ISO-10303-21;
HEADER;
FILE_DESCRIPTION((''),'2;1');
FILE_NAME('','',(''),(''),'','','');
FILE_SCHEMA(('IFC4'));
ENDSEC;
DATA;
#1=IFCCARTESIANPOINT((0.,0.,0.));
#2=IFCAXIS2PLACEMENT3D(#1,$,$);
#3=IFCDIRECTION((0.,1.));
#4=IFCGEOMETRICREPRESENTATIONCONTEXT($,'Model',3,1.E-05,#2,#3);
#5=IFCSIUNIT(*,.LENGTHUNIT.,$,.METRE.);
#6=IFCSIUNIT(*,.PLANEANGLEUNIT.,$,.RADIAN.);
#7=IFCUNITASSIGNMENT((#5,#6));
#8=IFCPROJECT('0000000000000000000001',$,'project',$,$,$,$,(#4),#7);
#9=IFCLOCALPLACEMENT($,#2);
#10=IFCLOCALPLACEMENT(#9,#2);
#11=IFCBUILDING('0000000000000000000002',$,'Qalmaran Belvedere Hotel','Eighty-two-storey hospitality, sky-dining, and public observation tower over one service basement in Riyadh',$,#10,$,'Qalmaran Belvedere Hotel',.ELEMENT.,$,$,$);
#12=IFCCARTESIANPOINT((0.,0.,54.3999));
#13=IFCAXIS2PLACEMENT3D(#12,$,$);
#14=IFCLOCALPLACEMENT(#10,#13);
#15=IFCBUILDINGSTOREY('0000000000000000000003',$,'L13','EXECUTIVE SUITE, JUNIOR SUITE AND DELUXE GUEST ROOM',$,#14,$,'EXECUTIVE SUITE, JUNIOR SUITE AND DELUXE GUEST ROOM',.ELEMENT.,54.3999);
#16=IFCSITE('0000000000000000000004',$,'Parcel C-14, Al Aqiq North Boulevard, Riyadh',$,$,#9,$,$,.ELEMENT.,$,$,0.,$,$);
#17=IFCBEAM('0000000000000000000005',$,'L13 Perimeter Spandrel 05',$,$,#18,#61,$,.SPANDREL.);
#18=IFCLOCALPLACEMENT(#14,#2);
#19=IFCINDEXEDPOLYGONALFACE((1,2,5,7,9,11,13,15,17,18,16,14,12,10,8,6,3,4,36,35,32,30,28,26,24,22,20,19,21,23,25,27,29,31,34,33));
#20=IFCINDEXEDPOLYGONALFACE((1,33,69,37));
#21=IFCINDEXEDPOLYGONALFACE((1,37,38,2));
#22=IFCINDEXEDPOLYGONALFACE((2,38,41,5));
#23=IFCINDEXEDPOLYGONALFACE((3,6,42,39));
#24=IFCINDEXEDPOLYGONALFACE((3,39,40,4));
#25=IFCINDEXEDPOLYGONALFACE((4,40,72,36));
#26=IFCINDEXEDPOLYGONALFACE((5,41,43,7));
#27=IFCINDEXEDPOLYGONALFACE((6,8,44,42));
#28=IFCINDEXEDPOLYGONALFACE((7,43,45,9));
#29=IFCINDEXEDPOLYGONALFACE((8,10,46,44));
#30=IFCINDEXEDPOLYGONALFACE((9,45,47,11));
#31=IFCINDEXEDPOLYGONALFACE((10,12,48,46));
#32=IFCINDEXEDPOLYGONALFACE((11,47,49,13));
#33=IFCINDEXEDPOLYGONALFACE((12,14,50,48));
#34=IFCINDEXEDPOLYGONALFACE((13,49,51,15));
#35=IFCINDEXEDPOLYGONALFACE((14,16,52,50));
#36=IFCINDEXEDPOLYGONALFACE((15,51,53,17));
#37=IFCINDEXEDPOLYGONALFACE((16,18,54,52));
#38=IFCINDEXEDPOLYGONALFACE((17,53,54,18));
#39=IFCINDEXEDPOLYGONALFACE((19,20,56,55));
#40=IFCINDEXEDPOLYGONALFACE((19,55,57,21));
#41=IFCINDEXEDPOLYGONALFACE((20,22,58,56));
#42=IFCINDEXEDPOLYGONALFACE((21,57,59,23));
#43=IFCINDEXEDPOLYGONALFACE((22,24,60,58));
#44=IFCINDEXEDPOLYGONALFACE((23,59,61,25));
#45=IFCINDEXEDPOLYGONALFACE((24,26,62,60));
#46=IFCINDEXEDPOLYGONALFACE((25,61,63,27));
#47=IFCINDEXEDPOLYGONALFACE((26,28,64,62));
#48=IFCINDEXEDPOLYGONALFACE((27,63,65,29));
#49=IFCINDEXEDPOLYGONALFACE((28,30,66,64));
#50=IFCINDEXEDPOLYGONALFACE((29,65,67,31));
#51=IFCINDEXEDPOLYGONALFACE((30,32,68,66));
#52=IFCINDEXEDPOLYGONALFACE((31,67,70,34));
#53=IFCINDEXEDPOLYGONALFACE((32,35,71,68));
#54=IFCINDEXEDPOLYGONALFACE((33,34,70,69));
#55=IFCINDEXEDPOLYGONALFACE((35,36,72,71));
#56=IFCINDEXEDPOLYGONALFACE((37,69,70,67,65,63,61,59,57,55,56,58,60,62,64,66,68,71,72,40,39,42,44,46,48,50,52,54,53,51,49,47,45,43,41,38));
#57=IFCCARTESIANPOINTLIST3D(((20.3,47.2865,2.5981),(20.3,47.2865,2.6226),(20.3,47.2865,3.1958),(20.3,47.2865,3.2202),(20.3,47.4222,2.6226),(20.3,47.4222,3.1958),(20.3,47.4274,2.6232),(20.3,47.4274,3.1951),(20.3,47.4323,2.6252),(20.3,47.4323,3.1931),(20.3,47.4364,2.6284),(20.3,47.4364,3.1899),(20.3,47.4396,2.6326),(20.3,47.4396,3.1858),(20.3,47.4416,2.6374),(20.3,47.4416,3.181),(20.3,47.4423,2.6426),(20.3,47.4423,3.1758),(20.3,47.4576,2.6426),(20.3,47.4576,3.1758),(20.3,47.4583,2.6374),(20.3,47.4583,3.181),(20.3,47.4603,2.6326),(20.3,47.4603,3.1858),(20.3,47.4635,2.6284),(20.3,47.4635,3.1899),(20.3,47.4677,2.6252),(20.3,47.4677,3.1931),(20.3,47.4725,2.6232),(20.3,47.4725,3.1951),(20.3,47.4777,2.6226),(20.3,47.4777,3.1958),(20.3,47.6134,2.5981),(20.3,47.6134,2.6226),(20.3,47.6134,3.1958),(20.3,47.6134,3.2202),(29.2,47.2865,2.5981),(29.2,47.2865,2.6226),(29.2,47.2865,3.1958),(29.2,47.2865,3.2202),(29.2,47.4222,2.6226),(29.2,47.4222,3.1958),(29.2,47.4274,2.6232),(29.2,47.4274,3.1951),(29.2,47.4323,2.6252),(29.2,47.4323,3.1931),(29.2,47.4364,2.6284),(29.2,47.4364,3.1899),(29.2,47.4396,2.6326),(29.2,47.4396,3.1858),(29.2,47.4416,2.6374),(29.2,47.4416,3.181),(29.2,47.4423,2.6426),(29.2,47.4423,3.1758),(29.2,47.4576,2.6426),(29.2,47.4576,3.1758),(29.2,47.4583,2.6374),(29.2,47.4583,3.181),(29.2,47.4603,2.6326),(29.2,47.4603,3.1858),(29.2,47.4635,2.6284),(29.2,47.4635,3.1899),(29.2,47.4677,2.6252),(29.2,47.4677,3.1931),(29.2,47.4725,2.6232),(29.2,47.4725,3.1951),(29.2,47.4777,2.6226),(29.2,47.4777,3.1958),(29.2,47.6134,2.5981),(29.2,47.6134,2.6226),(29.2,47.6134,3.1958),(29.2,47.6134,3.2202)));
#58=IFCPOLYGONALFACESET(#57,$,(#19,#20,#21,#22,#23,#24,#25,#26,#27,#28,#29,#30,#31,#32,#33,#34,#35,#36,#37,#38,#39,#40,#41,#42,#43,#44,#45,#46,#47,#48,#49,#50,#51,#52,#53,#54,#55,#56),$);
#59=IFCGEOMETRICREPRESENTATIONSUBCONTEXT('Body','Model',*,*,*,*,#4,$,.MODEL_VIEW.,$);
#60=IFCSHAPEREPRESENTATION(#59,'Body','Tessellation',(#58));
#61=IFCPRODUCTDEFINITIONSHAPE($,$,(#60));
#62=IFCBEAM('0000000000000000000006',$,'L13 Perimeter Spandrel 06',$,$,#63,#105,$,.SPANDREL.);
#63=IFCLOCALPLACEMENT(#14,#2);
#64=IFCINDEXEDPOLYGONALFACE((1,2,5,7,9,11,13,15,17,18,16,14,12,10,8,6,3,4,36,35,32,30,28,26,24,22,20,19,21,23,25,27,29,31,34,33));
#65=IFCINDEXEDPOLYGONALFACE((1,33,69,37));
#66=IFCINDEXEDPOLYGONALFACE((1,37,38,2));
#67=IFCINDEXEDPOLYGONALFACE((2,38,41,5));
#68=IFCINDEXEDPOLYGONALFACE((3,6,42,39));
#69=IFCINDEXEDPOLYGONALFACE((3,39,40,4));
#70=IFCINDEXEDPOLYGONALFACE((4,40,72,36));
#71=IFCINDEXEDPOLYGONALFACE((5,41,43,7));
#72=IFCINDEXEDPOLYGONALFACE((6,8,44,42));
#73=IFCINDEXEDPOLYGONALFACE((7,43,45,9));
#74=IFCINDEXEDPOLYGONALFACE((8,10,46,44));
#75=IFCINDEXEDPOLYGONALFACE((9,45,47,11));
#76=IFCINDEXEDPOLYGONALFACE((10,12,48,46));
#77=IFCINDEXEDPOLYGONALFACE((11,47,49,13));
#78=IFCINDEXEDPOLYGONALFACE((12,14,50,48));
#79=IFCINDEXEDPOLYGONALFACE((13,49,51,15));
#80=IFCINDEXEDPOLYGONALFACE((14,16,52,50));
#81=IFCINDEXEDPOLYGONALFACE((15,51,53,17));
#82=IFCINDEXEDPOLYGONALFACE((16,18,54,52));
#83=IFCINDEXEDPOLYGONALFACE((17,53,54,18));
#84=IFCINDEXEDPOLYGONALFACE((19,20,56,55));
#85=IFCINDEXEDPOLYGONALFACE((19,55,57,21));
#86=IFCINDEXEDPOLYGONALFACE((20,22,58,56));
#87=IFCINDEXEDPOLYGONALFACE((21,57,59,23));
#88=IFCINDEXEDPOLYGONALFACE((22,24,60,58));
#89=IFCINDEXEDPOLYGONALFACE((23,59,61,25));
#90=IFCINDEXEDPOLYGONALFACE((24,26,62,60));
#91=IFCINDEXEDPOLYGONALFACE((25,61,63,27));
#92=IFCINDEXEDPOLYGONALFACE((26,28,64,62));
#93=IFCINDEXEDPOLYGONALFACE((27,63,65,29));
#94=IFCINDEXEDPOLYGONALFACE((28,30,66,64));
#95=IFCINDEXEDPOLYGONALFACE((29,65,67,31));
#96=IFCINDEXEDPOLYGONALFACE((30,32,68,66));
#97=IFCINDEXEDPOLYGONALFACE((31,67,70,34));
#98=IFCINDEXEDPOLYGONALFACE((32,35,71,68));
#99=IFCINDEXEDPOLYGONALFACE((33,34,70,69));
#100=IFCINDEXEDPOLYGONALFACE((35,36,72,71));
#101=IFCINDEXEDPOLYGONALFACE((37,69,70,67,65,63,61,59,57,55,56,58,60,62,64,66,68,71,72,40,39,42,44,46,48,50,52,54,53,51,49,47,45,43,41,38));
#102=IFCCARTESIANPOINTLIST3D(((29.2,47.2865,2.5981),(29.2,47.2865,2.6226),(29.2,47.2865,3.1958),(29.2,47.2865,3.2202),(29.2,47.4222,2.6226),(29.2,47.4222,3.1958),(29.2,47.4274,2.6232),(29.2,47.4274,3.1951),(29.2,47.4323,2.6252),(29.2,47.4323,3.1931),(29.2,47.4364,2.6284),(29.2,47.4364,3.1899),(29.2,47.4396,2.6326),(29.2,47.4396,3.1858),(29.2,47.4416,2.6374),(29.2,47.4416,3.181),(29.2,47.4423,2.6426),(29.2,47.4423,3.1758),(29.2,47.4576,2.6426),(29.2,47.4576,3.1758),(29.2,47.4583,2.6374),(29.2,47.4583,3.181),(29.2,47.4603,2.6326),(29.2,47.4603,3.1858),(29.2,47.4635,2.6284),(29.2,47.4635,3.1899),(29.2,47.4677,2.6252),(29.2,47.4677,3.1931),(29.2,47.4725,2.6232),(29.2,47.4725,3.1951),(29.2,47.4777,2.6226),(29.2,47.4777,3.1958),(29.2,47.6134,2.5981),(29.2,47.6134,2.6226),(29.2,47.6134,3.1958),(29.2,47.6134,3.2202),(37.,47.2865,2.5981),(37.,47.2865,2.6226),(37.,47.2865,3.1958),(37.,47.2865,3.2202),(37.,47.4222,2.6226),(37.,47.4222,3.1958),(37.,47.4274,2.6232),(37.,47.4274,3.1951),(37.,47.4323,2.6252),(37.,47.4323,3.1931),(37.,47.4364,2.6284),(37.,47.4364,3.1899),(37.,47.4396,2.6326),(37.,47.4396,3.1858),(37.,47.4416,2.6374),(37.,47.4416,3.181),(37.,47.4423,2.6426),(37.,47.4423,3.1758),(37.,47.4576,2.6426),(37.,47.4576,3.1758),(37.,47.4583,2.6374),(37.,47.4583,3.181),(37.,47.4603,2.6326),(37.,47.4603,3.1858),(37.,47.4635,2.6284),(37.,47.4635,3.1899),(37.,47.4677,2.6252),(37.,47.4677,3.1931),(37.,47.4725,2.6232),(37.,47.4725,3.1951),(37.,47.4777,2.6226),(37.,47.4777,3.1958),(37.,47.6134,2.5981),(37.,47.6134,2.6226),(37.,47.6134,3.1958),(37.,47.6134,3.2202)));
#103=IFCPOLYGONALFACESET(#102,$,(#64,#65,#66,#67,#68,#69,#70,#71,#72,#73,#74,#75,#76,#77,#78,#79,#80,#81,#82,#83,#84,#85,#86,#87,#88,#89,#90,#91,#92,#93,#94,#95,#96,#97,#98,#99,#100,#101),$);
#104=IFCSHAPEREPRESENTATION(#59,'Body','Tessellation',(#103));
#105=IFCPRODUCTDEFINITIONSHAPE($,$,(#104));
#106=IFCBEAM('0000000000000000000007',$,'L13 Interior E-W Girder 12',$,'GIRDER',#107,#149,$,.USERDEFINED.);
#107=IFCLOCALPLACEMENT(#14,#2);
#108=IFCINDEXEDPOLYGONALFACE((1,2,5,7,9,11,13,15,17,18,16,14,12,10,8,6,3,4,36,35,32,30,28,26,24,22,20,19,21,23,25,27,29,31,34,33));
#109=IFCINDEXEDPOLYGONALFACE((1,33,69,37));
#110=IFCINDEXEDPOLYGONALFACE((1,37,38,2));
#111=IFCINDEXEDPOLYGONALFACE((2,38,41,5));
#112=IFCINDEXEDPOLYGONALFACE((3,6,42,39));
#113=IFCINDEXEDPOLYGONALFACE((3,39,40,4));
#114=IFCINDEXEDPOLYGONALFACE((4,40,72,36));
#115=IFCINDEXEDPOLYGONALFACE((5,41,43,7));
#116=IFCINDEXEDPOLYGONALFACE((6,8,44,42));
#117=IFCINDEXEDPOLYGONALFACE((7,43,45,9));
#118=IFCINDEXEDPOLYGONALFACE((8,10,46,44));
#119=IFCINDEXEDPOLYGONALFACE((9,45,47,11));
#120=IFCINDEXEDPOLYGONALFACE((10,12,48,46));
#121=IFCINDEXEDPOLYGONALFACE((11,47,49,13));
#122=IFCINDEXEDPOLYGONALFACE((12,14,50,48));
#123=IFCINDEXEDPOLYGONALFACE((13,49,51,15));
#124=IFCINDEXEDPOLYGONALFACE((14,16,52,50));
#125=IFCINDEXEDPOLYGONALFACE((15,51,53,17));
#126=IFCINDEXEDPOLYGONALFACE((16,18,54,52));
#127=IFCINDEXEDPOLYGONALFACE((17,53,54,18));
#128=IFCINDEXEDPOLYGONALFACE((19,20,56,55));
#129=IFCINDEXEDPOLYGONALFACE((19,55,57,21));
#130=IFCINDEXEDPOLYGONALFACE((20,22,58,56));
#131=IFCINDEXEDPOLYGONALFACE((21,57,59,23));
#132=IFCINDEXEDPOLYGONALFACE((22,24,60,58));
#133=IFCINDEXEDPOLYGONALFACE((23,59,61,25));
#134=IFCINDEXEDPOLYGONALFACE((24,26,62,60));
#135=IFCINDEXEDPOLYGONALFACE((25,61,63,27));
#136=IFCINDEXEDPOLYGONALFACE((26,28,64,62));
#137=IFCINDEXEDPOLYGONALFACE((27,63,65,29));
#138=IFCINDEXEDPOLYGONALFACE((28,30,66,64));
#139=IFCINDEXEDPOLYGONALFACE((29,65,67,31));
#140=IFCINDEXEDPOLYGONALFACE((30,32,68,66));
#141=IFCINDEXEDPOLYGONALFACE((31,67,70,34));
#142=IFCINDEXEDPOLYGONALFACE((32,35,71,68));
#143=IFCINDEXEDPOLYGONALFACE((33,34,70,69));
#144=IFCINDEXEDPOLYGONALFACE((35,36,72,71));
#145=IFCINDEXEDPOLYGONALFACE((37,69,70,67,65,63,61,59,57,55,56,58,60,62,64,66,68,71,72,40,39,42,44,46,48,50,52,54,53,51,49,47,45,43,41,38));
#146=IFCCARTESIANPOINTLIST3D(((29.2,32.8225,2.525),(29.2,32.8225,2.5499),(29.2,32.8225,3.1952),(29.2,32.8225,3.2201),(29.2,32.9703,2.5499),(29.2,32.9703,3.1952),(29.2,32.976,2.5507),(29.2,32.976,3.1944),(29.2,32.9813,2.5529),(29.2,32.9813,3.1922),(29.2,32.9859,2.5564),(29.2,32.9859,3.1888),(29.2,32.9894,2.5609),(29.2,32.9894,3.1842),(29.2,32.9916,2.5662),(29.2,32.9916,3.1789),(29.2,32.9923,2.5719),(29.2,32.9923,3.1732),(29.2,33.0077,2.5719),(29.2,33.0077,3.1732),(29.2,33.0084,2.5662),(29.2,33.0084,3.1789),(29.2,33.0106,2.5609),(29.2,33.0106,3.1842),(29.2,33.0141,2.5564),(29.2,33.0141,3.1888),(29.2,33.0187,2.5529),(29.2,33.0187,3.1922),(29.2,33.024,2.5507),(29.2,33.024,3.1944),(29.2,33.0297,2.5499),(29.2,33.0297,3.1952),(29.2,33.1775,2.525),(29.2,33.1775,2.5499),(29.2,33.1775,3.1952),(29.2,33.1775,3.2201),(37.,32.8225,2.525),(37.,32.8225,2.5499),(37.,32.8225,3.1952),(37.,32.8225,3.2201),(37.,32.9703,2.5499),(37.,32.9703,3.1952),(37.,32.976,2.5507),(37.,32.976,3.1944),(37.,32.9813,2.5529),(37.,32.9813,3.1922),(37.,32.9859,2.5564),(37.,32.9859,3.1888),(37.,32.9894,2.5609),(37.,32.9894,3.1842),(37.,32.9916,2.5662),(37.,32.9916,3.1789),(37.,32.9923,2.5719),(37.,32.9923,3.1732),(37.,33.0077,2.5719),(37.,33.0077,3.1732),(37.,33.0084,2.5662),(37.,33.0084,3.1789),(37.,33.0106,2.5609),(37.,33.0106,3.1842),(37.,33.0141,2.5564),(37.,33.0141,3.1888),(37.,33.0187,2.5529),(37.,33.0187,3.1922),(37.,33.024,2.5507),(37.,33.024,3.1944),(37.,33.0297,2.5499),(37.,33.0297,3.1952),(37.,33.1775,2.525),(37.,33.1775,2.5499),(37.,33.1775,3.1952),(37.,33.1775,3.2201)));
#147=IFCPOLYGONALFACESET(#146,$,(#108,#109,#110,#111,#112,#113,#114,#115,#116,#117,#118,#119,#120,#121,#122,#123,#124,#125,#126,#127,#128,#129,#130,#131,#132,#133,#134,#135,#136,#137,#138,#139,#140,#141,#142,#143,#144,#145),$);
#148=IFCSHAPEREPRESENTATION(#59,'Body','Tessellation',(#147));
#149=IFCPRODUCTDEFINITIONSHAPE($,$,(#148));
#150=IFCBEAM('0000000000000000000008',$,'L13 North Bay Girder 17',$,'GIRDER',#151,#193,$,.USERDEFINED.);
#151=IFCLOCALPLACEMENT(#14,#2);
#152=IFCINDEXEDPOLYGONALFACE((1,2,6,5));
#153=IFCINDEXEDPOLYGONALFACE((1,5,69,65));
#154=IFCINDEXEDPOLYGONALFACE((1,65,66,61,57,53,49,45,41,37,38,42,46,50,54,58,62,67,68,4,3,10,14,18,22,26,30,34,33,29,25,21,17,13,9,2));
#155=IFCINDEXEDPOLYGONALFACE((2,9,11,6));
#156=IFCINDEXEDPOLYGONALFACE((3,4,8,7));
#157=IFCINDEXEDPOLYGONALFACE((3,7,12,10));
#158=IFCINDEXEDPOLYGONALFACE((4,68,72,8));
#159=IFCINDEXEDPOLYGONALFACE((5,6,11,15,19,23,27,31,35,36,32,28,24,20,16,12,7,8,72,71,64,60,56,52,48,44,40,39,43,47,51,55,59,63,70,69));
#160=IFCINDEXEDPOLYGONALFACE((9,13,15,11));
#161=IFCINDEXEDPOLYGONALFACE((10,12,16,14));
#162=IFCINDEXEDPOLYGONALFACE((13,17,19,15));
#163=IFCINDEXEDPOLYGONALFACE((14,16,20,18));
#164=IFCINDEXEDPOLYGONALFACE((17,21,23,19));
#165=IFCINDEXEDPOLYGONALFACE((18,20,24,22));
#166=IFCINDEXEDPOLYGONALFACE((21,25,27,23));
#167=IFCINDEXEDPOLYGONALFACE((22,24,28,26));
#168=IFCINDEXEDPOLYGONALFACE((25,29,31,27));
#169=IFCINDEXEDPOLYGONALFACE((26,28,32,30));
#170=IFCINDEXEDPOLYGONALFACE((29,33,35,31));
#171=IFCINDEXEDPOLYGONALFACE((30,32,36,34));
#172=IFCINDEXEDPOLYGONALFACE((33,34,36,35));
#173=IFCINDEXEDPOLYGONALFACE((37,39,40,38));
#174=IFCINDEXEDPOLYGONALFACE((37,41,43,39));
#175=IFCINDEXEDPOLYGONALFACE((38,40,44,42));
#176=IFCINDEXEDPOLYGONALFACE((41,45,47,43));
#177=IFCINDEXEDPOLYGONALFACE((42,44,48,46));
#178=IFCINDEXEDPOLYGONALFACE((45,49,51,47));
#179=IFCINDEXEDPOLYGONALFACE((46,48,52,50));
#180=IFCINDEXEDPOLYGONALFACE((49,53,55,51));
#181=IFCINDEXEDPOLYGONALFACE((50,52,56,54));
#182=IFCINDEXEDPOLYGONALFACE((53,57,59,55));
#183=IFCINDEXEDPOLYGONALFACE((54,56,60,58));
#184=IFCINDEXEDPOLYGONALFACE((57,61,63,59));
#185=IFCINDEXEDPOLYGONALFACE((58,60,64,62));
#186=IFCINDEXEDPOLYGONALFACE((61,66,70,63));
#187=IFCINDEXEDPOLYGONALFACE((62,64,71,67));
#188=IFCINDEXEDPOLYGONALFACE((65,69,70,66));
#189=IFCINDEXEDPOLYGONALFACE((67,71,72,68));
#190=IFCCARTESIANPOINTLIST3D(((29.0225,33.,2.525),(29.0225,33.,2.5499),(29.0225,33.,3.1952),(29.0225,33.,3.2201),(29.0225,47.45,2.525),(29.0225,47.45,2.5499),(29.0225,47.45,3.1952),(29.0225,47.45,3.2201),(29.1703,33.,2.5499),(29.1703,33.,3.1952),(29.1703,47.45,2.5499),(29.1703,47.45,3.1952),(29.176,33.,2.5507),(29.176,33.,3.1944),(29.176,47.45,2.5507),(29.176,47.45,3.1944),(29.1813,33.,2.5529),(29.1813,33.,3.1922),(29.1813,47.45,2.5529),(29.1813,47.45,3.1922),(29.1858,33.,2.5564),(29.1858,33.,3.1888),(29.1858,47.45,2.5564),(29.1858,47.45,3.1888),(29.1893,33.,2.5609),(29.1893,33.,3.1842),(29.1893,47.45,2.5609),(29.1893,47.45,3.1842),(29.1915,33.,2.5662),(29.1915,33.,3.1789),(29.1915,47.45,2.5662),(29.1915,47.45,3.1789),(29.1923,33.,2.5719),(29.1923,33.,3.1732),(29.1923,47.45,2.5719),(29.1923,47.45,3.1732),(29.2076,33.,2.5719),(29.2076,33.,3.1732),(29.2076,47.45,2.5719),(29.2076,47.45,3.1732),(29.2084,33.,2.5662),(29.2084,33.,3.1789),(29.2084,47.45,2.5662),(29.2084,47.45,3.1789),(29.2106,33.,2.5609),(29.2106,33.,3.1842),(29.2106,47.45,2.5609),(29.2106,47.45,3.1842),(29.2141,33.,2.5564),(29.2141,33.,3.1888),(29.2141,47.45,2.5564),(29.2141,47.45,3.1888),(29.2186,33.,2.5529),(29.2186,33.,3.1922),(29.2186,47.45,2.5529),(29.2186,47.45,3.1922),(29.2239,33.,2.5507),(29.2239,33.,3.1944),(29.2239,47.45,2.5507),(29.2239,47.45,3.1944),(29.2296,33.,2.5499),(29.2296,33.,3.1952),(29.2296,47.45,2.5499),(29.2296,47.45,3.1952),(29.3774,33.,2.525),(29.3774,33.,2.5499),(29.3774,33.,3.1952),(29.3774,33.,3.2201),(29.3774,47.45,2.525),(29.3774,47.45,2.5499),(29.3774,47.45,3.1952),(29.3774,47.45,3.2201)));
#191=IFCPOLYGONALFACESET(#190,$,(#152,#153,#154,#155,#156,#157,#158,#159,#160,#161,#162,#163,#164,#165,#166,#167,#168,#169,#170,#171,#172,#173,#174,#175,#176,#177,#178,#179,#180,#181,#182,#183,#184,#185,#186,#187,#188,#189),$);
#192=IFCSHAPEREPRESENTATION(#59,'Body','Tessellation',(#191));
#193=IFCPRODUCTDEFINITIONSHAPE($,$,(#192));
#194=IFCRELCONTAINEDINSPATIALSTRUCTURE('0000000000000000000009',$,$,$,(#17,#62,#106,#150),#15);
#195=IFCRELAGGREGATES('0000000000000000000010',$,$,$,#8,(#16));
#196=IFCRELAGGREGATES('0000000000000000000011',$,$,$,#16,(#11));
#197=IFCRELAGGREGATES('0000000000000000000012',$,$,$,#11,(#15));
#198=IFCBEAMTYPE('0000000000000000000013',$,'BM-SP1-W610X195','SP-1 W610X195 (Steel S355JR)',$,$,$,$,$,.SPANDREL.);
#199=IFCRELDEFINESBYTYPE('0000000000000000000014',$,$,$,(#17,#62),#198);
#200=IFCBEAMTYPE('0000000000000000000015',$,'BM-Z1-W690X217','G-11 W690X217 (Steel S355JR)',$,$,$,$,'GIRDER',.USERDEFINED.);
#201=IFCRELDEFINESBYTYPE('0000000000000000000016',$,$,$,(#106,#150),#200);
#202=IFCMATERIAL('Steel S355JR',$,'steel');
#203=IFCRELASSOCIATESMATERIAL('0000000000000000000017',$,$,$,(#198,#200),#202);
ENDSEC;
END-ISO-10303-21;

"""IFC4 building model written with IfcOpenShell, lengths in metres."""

from ifc_helpers import new_model, si_unit, direction, frame, origin, origin_2d, place, context, subcontext, project, spatial, i_section, extrude, material, material_profile, profile_set, type_object, element, save


model = new_model("IFC4")

# Units and contexts
model_context = context("Model", 3, precision=1e-05, world=origin(), true_north=direction((0.0, 1.0)))
body_context = subcontext(model_context, "Body", "Model", "MODEL_VIEW")
ifc_project = project(units=[si_unit("LENGTHUNIT", "METRE"), si_unit("PLANEANGLEUNIT", "RADIAN")], contexts=[model_context])

# Site, building, storey
site_placement = place(None, origin())
site = spatial("IfcSite", under=ifc_project, at=site_placement, Name="Parcel C-14, Al Aqiq North Boulevard, Riyadh", CompositionType="ELEMENT", RefElevation=0.0)
building_placement = place(site_placement, origin())
building = spatial("IfcBuilding", under=site, at=building_placement, Name="Qalmaran Belvedere Hotel", Description="Eighty-two-storey hospitality, sky-dining, and public observation tower over one service basement in Riyadh", LongName="Qalmaran Belvedere Hotel", CompositionType="ELEMENT")
storey_placement = place(building_placement, frame((0.0, 0.0, 54.3999)))
storey = spatial("IfcBuildingStorey", under=building, at=storey_placement, Name="L13", Description="EXECUTIVE SUITE, JUNIOR SUITE AND DELUXE GUEST ROOM", LongName="EXECUTIVE SUITE, JUNIOR SUITE AND DELUXE GUEST ROOM", CompositionType="ELEMENT", Elevation=54.3999)

# Beams
ifc_material_1 = material(Name="Steel S355JR", Category="steel")
ifc_material_profile_1 = material_profile(ifc_material_1, i_section(OverallWidth=0.3269, OverallDepth=0.6221, WebThickness=0.0154, FlangeThickness=0.0244, FilletRadius=0.02, at=origin_2d()), Name="W610X195")
ifc_profile_set_1 = profile_set([ifc_material_profile_1], Name="Steel S355JR")
beam_type_1 = type_object("IfcBeamType", Name="BM-SP1-W610X195", Description="SP-1 W610X195 (Steel S355JR)", PredefinedType="SPANDREL", material=ifc_profile_set_1)
beam_1_placement = place(storey_placement, frame((20.3, 47.45, 2.9092), z_axis=(1.0, 0.0, 0.0), x_axis=(0.0, 1.0, 0.0)))
element("IfcBeam", 1, at=beam_1_placement, inside=storey, type_object=beam_type_1, Name="L13 Perimeter Spandrel 05", PredefinedType="SPANDREL", context=body_context, shape_type="SweptSolid", body=[
    extrude(i_section(OverallWidth=0.3269, OverallDepth=0.6221, WebThickness=0.0154, FlangeThickness=0.0244, FilletRadius=0.02, at=origin_2d()), origin(), (0.0, 0.0, 1.0), 8.8999),
])
beam_2_placement = place(storey_placement, frame((29.2, 47.45, 2.9092), z_axis=(1.0, 0.0, 0.0), x_axis=(0.0, 1.0, 0.0)))
element("IfcBeam", 2, at=beam_2_placement, inside=storey, type_object=beam_type_1, Name="L13 Perimeter Spandrel 06", PredefinedType="SPANDREL", context=body_context, shape_type="SweptSolid", body=[
    extrude(i_section(OverallWidth=0.3269, OverallDepth=0.6221, WebThickness=0.0154, FlangeThickness=0.0244, FilletRadius=0.02, at=origin_2d()), origin(), (0.0, 0.0, 1.0), 7.8),
])
ifc_material_profile_2 = material_profile(ifc_material_1, i_section(OverallWidth=0.355, OverallDepth=0.6951, WebThickness=0.0154, FlangeThickness=0.0249, FilletRadius=0.022, at=origin_2d()), Name="W690X217")
ifc_profile_set_2 = profile_set([ifc_material_profile_2], Name="Steel S355JR")
beam_type_2 = type_object("IfcBeamType", Name="BM-Z1-W690X217", Description="G-11 W690X217 (Steel S355JR)", ElementType="GIRDER", PredefinedType="USERDEFINED", material=ifc_profile_set_2)
beam_3_placement = place(storey_placement, frame((29.2, 33.0, 2.8726), z_axis=(1.0, 0.0, 0.0), x_axis=(0.0, 1.0, 0.0)))
element("IfcBeam", 3, at=beam_3_placement, inside=storey, type_object=beam_type_2, Name="L13 Interior E-W Girder 12", ObjectType="GIRDER", PredefinedType="USERDEFINED", context=body_context, shape_type="SweptSolid", body=[
    extrude(i_section(OverallWidth=0.355, OverallDepth=0.6951, WebThickness=0.0154, FlangeThickness=0.0249, FilletRadius=0.022, at=origin_2d()), origin(), (0.0, 0.0, 1.0), 7.8),
])
beam_4_placement = place(storey_placement, frame((29.2, 33.0, 2.8726), z_axis=(0.0, 1.0, 0.0), x_axis=(-1.0, 0.0, 0.0)))
element("IfcBeam", 4, at=beam_4_placement, inside=storey, type_object=beam_type_2, Name="L13 North Bay Girder 17", ObjectType="GIRDER", PredefinedType="USERDEFINED", context=body_context, shape_type="SweptSolid", body=[
    extrude(i_section(OverallWidth=0.355, OverallDepth=0.6951, WebThickness=0.0154, FlangeThickness=0.0249, FilletRadius=0.022, at=origin_2d()), origin(), (0.0, 0.0, 1.0), 14.45),
])

save(model, "model.ifc")
